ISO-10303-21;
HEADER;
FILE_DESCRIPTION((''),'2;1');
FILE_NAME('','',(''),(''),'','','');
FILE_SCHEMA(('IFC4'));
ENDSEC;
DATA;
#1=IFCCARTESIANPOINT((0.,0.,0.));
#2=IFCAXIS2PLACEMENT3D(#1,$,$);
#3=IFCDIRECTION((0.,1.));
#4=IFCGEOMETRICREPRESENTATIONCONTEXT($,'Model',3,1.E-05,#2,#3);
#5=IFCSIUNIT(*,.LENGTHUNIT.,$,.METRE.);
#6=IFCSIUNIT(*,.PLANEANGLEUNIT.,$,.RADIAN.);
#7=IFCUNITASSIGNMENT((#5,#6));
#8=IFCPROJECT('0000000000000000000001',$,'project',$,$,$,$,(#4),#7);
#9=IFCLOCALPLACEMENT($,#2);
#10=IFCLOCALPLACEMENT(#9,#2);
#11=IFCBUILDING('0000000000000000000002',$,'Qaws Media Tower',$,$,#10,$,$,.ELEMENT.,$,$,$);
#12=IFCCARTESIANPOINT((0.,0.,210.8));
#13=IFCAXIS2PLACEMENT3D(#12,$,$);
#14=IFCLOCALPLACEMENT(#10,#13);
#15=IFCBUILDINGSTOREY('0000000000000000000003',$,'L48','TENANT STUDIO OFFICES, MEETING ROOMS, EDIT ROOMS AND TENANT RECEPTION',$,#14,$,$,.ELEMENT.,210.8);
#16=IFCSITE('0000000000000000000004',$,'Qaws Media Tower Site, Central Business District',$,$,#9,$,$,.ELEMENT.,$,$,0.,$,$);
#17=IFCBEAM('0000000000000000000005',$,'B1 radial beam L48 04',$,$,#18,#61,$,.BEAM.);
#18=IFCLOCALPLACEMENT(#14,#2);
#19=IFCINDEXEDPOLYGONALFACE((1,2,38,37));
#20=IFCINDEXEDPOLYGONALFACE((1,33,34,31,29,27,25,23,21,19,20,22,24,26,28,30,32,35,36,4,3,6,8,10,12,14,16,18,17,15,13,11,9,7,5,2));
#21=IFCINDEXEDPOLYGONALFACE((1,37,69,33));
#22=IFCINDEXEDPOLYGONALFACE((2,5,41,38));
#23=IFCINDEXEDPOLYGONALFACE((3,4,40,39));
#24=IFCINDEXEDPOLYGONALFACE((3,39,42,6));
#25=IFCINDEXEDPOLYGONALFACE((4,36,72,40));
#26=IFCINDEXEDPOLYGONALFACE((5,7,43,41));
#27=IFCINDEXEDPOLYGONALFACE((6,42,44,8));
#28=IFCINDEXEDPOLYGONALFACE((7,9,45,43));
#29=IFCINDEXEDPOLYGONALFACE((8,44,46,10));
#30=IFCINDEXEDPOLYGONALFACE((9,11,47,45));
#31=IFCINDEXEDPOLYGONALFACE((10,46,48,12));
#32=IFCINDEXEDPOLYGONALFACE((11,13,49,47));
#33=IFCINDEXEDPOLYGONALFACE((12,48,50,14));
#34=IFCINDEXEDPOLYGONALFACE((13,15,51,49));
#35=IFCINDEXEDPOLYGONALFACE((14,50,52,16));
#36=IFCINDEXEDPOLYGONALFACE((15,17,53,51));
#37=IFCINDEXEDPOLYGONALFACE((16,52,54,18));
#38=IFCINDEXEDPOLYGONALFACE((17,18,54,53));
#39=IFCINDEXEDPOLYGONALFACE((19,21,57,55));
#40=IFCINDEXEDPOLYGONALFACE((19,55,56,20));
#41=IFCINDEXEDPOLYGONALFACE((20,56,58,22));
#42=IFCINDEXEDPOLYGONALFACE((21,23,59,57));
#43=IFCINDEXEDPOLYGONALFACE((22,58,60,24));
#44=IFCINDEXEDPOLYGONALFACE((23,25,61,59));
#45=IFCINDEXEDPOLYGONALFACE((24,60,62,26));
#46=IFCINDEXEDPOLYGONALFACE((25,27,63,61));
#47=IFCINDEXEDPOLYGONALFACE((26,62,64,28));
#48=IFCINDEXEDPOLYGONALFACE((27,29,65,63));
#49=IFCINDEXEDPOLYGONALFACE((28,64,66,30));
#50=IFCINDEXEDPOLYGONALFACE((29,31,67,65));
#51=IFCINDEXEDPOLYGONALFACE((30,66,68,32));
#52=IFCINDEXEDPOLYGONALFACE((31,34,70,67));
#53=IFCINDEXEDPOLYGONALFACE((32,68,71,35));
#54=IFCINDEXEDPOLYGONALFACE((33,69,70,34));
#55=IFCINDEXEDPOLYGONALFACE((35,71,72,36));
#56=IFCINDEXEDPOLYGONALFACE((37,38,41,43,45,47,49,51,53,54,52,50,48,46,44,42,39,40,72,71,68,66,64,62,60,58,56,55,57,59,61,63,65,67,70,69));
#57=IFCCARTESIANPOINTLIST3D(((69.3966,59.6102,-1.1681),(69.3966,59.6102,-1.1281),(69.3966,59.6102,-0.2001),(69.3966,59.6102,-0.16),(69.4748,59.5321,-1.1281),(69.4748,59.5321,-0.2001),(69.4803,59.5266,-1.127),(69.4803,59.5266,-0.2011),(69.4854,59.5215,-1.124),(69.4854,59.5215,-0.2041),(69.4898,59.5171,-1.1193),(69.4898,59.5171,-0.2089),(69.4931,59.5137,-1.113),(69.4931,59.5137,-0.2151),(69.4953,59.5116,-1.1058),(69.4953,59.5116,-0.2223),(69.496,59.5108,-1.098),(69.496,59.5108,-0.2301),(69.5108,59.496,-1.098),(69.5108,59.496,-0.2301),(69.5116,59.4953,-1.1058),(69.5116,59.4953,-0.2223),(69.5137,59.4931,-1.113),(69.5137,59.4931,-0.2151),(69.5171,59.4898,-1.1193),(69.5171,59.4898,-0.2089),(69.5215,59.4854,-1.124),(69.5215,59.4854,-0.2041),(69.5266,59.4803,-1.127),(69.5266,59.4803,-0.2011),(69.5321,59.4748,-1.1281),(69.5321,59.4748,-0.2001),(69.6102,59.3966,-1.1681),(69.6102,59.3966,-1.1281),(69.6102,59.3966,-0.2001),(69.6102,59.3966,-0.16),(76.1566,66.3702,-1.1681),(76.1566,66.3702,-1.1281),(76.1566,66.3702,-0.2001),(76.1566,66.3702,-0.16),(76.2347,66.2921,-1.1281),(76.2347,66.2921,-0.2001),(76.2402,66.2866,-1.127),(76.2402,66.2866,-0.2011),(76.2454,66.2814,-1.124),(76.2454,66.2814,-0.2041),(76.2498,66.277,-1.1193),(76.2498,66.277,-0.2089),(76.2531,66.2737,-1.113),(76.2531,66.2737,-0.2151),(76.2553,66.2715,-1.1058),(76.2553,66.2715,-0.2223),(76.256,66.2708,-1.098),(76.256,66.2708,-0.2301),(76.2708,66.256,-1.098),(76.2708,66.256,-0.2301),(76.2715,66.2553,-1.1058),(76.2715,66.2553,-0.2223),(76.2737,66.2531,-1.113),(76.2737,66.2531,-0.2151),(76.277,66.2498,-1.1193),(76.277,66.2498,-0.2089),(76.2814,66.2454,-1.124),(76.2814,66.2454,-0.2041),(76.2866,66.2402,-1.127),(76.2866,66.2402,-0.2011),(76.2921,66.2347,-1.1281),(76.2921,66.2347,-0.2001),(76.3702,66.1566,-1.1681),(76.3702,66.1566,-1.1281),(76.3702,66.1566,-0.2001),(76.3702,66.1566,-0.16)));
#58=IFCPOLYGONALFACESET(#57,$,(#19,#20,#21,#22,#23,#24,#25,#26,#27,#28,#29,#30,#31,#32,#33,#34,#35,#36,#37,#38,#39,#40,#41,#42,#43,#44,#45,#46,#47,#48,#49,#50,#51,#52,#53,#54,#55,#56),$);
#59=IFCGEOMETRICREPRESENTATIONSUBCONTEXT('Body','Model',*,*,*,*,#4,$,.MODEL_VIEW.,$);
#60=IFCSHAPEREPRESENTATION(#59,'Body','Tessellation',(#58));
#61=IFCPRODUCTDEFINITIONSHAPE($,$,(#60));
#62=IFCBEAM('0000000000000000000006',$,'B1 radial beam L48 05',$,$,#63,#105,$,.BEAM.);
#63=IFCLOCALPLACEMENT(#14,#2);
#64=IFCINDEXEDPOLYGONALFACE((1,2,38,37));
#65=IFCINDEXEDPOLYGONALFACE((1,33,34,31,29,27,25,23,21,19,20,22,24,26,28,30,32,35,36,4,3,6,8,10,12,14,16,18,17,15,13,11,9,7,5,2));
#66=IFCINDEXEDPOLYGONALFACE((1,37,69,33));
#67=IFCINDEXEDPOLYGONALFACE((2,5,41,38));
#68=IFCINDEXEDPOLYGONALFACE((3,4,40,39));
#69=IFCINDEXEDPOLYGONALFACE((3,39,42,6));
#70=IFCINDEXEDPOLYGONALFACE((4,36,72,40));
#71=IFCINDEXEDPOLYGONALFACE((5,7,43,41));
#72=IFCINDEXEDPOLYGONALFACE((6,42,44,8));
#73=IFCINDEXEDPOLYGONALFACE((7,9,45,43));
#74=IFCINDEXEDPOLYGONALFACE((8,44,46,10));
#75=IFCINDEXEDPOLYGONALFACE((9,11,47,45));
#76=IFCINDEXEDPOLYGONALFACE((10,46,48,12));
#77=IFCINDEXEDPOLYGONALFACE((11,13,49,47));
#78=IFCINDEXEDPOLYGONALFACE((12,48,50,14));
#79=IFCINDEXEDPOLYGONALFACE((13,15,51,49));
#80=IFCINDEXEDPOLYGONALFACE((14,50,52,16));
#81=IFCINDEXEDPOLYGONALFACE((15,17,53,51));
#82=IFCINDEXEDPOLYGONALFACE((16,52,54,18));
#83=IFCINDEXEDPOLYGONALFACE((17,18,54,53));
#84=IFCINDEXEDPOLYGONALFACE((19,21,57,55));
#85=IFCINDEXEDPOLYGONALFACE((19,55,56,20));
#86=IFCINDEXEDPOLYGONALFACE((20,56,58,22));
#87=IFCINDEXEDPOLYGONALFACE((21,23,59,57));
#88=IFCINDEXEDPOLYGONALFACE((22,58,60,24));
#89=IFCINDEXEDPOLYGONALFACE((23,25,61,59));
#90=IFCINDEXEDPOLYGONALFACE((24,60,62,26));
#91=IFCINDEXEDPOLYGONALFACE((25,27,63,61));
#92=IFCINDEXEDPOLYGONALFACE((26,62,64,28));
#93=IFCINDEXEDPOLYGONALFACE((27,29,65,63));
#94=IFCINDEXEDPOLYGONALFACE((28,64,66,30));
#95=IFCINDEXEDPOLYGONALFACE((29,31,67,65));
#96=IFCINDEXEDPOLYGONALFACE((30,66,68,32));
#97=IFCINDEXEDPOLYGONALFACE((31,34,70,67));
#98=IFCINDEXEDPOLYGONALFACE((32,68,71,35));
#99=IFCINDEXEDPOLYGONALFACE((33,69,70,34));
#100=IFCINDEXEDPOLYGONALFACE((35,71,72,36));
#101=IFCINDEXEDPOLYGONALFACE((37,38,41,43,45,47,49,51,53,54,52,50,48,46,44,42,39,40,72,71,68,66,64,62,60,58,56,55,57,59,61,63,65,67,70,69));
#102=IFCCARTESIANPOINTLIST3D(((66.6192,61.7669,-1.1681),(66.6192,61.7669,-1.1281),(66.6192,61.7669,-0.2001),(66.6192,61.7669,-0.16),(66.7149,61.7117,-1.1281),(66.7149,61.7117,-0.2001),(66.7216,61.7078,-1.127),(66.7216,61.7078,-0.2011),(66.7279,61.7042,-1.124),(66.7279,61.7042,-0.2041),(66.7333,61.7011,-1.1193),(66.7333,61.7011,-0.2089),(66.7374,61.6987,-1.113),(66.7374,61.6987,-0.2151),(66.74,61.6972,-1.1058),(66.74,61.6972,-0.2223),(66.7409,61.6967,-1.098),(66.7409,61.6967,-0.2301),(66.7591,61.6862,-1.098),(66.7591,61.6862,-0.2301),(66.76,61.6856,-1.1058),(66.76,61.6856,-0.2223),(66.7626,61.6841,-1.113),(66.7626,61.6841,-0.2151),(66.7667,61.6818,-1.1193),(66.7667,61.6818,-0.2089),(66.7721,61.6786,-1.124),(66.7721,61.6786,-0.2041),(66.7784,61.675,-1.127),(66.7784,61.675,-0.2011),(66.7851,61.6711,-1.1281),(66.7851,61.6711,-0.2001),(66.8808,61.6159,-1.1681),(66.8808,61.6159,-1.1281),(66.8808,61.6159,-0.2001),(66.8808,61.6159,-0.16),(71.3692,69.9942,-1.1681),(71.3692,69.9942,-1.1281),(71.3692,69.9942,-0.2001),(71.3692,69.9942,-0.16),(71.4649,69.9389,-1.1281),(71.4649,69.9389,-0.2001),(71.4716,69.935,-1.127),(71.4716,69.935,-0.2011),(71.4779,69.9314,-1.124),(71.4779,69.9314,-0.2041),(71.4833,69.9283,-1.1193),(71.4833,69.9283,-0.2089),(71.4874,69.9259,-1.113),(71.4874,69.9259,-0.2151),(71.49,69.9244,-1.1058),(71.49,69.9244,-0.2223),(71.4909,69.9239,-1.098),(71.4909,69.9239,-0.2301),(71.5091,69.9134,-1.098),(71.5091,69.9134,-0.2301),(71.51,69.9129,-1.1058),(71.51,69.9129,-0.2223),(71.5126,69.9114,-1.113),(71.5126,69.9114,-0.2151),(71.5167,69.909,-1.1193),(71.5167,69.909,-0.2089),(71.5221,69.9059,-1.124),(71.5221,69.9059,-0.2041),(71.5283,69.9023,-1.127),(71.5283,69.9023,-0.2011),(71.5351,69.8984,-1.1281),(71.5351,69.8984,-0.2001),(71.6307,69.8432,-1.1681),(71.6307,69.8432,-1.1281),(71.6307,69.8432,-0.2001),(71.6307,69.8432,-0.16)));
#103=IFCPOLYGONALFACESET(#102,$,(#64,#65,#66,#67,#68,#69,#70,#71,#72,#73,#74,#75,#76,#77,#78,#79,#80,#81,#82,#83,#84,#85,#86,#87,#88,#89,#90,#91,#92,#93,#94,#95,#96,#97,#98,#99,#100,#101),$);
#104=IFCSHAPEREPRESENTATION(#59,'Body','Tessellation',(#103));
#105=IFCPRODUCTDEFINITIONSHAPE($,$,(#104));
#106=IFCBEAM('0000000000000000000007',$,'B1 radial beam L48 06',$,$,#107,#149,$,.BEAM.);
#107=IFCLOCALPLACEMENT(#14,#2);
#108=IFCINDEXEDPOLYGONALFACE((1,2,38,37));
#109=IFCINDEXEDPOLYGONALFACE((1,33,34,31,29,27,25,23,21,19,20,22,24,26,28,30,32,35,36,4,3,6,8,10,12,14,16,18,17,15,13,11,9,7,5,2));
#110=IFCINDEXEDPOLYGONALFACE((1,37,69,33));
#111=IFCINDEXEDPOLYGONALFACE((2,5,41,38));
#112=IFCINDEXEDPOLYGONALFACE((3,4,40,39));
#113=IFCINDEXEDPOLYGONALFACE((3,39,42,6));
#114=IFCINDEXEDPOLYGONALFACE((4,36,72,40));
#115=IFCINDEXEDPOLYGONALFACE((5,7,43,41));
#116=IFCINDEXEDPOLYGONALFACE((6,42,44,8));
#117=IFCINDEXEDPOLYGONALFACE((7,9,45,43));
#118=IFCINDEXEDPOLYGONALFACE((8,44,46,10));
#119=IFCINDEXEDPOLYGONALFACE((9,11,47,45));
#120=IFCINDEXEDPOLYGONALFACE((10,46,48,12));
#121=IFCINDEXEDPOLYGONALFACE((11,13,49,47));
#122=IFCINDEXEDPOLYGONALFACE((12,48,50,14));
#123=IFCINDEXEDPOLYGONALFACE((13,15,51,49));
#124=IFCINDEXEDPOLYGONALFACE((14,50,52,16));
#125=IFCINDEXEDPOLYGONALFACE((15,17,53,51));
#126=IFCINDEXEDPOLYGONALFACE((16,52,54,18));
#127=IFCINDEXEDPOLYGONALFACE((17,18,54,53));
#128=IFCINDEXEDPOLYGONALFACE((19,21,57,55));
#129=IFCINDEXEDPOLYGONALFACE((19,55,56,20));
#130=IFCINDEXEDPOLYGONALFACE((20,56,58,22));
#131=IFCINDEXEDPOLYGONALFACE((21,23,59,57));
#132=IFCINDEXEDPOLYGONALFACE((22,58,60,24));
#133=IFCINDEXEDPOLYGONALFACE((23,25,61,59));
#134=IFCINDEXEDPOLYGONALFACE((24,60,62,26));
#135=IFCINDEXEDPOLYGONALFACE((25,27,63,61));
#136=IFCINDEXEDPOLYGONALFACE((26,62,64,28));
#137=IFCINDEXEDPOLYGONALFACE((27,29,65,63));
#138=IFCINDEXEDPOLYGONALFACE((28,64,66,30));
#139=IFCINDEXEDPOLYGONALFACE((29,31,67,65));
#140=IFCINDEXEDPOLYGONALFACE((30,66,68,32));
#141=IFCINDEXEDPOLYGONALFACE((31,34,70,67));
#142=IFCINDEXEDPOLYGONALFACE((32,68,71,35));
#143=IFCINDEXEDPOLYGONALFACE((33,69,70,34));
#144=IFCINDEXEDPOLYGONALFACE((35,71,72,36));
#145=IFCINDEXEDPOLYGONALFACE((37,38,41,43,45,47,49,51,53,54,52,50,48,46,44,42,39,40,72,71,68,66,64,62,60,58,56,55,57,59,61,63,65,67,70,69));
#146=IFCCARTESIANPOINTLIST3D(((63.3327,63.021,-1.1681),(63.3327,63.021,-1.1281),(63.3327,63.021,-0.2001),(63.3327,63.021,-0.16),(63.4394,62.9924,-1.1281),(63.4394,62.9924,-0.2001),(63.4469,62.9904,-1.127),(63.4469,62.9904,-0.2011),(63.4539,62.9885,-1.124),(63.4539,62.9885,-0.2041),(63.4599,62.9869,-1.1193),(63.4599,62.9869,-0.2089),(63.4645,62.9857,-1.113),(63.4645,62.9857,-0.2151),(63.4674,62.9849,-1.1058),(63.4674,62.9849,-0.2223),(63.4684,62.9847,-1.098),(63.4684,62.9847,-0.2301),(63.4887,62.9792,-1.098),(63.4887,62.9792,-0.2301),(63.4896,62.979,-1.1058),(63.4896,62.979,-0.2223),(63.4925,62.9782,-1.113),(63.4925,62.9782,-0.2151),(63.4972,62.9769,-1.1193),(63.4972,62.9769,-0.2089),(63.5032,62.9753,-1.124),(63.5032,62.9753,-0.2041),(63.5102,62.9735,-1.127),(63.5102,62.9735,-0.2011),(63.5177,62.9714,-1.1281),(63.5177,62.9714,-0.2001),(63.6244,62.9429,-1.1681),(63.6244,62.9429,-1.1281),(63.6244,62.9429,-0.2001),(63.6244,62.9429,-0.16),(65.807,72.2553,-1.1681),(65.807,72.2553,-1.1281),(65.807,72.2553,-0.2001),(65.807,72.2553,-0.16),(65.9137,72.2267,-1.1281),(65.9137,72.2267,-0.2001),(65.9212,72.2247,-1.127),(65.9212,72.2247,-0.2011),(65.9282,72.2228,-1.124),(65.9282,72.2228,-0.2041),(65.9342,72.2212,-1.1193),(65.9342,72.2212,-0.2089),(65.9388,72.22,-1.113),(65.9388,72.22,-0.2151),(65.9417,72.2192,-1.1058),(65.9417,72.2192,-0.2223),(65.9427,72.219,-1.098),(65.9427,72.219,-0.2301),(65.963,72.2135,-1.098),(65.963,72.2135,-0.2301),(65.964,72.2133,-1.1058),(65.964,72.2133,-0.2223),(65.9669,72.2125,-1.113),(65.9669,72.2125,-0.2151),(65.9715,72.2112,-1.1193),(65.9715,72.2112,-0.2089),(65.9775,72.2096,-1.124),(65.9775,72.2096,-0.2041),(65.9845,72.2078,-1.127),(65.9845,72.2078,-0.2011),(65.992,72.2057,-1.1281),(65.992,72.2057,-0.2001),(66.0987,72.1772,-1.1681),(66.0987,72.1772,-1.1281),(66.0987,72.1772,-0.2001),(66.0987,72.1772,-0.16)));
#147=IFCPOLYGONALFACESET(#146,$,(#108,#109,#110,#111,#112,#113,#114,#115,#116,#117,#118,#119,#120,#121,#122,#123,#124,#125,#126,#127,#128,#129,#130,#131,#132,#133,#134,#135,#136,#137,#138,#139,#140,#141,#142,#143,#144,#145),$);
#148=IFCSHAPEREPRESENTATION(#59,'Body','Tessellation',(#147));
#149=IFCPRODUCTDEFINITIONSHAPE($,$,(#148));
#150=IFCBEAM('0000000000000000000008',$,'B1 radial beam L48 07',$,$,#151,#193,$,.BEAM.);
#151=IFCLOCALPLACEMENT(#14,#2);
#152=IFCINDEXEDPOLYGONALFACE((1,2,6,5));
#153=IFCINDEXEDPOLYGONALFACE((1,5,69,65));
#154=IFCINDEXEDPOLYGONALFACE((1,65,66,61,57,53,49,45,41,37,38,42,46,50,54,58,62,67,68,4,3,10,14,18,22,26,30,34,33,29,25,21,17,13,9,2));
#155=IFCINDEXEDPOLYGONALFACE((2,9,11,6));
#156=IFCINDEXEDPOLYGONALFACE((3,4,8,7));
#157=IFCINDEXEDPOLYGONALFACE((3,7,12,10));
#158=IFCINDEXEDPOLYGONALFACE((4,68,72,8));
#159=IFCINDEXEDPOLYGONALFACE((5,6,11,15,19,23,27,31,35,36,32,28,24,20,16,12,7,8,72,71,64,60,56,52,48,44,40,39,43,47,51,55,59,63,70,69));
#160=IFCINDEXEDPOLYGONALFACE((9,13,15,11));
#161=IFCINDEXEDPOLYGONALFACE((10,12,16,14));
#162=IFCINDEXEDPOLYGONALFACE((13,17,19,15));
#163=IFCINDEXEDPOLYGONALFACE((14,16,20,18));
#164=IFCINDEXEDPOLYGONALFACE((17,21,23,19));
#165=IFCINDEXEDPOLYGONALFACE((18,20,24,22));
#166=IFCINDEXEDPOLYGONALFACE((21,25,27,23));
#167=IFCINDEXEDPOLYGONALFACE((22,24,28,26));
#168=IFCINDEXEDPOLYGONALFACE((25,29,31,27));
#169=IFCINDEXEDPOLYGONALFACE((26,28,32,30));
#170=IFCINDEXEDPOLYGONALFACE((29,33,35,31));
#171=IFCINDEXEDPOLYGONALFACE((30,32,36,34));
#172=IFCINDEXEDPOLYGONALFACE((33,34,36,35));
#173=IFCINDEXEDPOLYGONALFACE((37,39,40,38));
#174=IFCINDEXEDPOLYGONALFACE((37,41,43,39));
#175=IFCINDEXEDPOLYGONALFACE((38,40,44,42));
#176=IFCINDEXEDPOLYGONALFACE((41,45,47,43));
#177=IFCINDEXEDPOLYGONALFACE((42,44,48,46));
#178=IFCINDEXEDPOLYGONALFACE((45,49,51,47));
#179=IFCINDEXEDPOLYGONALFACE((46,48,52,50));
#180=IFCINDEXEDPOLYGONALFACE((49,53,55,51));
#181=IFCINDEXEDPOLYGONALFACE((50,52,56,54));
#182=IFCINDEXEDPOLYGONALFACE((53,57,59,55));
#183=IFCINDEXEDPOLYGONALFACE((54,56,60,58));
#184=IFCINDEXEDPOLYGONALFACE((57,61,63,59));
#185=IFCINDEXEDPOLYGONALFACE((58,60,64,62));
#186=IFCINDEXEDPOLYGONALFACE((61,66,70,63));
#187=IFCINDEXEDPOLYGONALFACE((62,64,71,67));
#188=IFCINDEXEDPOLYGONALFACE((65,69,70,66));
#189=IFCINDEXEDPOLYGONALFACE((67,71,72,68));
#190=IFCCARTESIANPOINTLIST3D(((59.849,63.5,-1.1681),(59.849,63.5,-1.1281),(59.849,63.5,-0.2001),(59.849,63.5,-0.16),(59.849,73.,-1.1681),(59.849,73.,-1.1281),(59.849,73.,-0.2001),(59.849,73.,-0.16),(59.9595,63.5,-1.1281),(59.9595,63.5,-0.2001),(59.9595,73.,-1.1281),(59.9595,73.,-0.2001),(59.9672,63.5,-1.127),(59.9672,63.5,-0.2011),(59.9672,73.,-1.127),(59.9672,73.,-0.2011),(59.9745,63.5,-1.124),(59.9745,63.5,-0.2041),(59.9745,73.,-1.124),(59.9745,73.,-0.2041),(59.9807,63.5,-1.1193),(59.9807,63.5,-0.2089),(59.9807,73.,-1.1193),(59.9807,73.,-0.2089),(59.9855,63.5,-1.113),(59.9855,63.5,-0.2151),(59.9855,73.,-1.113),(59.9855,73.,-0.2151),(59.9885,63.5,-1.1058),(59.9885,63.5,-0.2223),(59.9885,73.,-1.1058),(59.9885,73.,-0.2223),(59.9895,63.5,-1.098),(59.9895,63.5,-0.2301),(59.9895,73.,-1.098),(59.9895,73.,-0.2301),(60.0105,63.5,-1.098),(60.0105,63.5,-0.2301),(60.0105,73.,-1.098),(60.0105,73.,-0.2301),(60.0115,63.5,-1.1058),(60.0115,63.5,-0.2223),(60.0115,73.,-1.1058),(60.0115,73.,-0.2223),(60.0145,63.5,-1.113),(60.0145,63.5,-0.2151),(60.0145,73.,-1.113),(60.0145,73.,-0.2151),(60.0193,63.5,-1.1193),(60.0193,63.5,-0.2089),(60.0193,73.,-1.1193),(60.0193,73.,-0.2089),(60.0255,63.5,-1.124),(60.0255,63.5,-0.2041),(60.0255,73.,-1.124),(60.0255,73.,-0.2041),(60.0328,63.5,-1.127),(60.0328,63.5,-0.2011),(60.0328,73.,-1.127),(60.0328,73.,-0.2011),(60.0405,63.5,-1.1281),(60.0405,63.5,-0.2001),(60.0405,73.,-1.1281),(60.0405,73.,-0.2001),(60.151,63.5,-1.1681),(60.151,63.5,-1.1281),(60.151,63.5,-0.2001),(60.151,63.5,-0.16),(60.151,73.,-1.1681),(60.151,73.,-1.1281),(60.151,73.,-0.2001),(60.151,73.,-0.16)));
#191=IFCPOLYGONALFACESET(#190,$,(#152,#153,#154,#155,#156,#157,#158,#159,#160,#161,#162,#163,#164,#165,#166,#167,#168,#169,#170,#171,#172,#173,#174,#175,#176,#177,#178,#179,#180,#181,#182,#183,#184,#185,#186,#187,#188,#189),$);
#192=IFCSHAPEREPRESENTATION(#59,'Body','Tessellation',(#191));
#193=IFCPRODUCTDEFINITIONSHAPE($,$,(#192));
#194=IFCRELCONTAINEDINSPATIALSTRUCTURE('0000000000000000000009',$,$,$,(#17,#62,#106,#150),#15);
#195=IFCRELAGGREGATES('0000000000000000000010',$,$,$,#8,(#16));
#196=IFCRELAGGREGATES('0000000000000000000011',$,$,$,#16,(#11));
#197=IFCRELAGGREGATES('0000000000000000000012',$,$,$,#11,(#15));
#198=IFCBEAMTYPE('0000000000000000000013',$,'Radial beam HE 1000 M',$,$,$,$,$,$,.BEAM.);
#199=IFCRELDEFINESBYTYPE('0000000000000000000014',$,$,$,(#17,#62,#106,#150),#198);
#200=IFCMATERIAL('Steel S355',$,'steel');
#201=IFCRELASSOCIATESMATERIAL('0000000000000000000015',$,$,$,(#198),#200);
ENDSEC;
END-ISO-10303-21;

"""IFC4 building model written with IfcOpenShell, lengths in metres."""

from ifc_helpers import new_model, si_unit, direction, frame, origin, origin_2d, place, context, subcontext, project, spatial, i_section, extrude, material, material_profile, profile_set, type_object, element, save


model = new_model("IFC4")

# Units and contexts
model_context = context("Model", 3, precision=1e-05, world=origin(), true_north=direction((0.0, 1.0)))
body_context = subcontext(model_context, "Body", "Model", "MODEL_VIEW")
ifc_project = project(units=[si_unit("LENGTHUNIT", "METRE"), si_unit("PLANEANGLEUNIT", "RADIAN")], contexts=[model_context])

# Site, building, storey
site_placement = place(None, origin())
site = spatial("IfcSite", under=ifc_project, at=site_placement, Name="Qaws Media Tower Site, Central Business District", CompositionType="ELEMENT", RefElevation=0.0)
building_placement = place(site_placement, origin())
building = spatial("IfcBuilding", under=site, at=building_placement, Name="Qaws Media Tower", CompositionType="ELEMENT")
storey_placement = place(building_placement, frame((0.0, 0.0, 210.8)))
storey = spatial("IfcBuildingStorey", under=building, at=storey_placement, Name="L48", Description="TENANT STUDIO OFFICES, MEETING ROOMS, EDIT ROOMS AND TENANT RECEPTION", CompositionType="ELEMENT", Elevation=210.8)

# Beams
ifc_material_1 = material(Name="Steel S355", Category="steel")
ifc_material_profile_1 = material_profile(ifc_material_1, i_section(OverallWidth=0.302, OverallDepth=1.0081, WebThickness=0.021, FlangeThickness=0.04, FilletRadius=0.03, at=origin_2d()), Name="HE 1000 M")
ifc_profile_set_1 = profile_set([ifc_material_profile_1], Name="Steel S355")
beam_type_1 = type_object("IfcBeamType", Name="Radial beam HE 1000 M", PredefinedType="BEAM", material=ifc_profile_set_1)
beam_1_placement = place(storey_placement, frame((69.5034, 59.5034, -0.6641), z_axis=(0.707107, 0.707107, 0.0), x_axis=(-0.707107, 0.707107, 0.0)))
element("IfcBeam", 1, at=beam_1_placement, inside=storey, type_object=beam_type_1, Name="B1 radial beam L48 04", PredefinedType="BEAM", context=body_context, shape_type="SweptSolid", body=[
    extrude(i_section(OverallWidth=0.302, OverallDepth=1.0081, WebThickness=0.021, FlangeThickness=0.04, FilletRadius=0.03, at=origin_2d()), origin(), (0.0, 0.0, 1.0), 9.5601),
])
beam_2_placement = place(storey_placement, frame((66.75, 61.6914, -0.6641), z_axis=(0.499998, 0.866027, 0.0), x_axis=(-0.866027, 0.499998, 0.0)))
element("IfcBeam", 2, at=beam_2_placement, inside=storey, type_object=beam_type_1, Name="B1 radial beam L48 05", PredefinedType="BEAM", context=body_context, shape_type="SweptSolid", body=[
    extrude(i_section(OverallWidth=0.302, OverallDepth=1.0081, WebThickness=0.021, FlangeThickness=0.04, FilletRadius=0.03, at=origin_2d()), origin(), (0.0, 0.0, 1.0), 9.5),
])
beam_3_placement = place(storey_placement, frame((63.4785, 62.9819, -0.6641), z_axis=(0.258821, 0.965925, 0.0), x_axis=(-0.965925, 0.258821, 0.0)))
element("IfcBeam", 3, at=beam_3_placement, inside=storey, type_object=beam_type_1, Name="B1 radial beam L48 06", PredefinedType="BEAM", context=body_context, shape_type="SweptSolid", body=[
    extrude(i_section(OverallWidth=0.302, OverallDepth=1.0081, WebThickness=0.021, FlangeThickness=0.04, FilletRadius=0.03, at=origin_2d()), origin(), (0.0, 0.0, 1.0), 9.5601),
])
beam_4_placement = place(storey_placement, frame((60.0, 63.5, -0.6641), z_axis=(0.0, 1.0, 0.0), x_axis=(-1.0, 0.0, 0.0)))
element("IfcBeam", 4, at=beam_4_placement, inside=storey, type_object=beam_type_1, Name="B1 radial beam L48 07", PredefinedType="BEAM", context=body_context, shape_type="SweptSolid", body=[
    extrude(i_section(OverallWidth=0.302, OverallDepth=1.0081, WebThickness=0.021, FlangeThickness=0.04, FilletRadius=0.03, at=origin_2d()), origin(), (0.0, 0.0, 1.0), 9.5),
])

save(model, "model.ifc")
